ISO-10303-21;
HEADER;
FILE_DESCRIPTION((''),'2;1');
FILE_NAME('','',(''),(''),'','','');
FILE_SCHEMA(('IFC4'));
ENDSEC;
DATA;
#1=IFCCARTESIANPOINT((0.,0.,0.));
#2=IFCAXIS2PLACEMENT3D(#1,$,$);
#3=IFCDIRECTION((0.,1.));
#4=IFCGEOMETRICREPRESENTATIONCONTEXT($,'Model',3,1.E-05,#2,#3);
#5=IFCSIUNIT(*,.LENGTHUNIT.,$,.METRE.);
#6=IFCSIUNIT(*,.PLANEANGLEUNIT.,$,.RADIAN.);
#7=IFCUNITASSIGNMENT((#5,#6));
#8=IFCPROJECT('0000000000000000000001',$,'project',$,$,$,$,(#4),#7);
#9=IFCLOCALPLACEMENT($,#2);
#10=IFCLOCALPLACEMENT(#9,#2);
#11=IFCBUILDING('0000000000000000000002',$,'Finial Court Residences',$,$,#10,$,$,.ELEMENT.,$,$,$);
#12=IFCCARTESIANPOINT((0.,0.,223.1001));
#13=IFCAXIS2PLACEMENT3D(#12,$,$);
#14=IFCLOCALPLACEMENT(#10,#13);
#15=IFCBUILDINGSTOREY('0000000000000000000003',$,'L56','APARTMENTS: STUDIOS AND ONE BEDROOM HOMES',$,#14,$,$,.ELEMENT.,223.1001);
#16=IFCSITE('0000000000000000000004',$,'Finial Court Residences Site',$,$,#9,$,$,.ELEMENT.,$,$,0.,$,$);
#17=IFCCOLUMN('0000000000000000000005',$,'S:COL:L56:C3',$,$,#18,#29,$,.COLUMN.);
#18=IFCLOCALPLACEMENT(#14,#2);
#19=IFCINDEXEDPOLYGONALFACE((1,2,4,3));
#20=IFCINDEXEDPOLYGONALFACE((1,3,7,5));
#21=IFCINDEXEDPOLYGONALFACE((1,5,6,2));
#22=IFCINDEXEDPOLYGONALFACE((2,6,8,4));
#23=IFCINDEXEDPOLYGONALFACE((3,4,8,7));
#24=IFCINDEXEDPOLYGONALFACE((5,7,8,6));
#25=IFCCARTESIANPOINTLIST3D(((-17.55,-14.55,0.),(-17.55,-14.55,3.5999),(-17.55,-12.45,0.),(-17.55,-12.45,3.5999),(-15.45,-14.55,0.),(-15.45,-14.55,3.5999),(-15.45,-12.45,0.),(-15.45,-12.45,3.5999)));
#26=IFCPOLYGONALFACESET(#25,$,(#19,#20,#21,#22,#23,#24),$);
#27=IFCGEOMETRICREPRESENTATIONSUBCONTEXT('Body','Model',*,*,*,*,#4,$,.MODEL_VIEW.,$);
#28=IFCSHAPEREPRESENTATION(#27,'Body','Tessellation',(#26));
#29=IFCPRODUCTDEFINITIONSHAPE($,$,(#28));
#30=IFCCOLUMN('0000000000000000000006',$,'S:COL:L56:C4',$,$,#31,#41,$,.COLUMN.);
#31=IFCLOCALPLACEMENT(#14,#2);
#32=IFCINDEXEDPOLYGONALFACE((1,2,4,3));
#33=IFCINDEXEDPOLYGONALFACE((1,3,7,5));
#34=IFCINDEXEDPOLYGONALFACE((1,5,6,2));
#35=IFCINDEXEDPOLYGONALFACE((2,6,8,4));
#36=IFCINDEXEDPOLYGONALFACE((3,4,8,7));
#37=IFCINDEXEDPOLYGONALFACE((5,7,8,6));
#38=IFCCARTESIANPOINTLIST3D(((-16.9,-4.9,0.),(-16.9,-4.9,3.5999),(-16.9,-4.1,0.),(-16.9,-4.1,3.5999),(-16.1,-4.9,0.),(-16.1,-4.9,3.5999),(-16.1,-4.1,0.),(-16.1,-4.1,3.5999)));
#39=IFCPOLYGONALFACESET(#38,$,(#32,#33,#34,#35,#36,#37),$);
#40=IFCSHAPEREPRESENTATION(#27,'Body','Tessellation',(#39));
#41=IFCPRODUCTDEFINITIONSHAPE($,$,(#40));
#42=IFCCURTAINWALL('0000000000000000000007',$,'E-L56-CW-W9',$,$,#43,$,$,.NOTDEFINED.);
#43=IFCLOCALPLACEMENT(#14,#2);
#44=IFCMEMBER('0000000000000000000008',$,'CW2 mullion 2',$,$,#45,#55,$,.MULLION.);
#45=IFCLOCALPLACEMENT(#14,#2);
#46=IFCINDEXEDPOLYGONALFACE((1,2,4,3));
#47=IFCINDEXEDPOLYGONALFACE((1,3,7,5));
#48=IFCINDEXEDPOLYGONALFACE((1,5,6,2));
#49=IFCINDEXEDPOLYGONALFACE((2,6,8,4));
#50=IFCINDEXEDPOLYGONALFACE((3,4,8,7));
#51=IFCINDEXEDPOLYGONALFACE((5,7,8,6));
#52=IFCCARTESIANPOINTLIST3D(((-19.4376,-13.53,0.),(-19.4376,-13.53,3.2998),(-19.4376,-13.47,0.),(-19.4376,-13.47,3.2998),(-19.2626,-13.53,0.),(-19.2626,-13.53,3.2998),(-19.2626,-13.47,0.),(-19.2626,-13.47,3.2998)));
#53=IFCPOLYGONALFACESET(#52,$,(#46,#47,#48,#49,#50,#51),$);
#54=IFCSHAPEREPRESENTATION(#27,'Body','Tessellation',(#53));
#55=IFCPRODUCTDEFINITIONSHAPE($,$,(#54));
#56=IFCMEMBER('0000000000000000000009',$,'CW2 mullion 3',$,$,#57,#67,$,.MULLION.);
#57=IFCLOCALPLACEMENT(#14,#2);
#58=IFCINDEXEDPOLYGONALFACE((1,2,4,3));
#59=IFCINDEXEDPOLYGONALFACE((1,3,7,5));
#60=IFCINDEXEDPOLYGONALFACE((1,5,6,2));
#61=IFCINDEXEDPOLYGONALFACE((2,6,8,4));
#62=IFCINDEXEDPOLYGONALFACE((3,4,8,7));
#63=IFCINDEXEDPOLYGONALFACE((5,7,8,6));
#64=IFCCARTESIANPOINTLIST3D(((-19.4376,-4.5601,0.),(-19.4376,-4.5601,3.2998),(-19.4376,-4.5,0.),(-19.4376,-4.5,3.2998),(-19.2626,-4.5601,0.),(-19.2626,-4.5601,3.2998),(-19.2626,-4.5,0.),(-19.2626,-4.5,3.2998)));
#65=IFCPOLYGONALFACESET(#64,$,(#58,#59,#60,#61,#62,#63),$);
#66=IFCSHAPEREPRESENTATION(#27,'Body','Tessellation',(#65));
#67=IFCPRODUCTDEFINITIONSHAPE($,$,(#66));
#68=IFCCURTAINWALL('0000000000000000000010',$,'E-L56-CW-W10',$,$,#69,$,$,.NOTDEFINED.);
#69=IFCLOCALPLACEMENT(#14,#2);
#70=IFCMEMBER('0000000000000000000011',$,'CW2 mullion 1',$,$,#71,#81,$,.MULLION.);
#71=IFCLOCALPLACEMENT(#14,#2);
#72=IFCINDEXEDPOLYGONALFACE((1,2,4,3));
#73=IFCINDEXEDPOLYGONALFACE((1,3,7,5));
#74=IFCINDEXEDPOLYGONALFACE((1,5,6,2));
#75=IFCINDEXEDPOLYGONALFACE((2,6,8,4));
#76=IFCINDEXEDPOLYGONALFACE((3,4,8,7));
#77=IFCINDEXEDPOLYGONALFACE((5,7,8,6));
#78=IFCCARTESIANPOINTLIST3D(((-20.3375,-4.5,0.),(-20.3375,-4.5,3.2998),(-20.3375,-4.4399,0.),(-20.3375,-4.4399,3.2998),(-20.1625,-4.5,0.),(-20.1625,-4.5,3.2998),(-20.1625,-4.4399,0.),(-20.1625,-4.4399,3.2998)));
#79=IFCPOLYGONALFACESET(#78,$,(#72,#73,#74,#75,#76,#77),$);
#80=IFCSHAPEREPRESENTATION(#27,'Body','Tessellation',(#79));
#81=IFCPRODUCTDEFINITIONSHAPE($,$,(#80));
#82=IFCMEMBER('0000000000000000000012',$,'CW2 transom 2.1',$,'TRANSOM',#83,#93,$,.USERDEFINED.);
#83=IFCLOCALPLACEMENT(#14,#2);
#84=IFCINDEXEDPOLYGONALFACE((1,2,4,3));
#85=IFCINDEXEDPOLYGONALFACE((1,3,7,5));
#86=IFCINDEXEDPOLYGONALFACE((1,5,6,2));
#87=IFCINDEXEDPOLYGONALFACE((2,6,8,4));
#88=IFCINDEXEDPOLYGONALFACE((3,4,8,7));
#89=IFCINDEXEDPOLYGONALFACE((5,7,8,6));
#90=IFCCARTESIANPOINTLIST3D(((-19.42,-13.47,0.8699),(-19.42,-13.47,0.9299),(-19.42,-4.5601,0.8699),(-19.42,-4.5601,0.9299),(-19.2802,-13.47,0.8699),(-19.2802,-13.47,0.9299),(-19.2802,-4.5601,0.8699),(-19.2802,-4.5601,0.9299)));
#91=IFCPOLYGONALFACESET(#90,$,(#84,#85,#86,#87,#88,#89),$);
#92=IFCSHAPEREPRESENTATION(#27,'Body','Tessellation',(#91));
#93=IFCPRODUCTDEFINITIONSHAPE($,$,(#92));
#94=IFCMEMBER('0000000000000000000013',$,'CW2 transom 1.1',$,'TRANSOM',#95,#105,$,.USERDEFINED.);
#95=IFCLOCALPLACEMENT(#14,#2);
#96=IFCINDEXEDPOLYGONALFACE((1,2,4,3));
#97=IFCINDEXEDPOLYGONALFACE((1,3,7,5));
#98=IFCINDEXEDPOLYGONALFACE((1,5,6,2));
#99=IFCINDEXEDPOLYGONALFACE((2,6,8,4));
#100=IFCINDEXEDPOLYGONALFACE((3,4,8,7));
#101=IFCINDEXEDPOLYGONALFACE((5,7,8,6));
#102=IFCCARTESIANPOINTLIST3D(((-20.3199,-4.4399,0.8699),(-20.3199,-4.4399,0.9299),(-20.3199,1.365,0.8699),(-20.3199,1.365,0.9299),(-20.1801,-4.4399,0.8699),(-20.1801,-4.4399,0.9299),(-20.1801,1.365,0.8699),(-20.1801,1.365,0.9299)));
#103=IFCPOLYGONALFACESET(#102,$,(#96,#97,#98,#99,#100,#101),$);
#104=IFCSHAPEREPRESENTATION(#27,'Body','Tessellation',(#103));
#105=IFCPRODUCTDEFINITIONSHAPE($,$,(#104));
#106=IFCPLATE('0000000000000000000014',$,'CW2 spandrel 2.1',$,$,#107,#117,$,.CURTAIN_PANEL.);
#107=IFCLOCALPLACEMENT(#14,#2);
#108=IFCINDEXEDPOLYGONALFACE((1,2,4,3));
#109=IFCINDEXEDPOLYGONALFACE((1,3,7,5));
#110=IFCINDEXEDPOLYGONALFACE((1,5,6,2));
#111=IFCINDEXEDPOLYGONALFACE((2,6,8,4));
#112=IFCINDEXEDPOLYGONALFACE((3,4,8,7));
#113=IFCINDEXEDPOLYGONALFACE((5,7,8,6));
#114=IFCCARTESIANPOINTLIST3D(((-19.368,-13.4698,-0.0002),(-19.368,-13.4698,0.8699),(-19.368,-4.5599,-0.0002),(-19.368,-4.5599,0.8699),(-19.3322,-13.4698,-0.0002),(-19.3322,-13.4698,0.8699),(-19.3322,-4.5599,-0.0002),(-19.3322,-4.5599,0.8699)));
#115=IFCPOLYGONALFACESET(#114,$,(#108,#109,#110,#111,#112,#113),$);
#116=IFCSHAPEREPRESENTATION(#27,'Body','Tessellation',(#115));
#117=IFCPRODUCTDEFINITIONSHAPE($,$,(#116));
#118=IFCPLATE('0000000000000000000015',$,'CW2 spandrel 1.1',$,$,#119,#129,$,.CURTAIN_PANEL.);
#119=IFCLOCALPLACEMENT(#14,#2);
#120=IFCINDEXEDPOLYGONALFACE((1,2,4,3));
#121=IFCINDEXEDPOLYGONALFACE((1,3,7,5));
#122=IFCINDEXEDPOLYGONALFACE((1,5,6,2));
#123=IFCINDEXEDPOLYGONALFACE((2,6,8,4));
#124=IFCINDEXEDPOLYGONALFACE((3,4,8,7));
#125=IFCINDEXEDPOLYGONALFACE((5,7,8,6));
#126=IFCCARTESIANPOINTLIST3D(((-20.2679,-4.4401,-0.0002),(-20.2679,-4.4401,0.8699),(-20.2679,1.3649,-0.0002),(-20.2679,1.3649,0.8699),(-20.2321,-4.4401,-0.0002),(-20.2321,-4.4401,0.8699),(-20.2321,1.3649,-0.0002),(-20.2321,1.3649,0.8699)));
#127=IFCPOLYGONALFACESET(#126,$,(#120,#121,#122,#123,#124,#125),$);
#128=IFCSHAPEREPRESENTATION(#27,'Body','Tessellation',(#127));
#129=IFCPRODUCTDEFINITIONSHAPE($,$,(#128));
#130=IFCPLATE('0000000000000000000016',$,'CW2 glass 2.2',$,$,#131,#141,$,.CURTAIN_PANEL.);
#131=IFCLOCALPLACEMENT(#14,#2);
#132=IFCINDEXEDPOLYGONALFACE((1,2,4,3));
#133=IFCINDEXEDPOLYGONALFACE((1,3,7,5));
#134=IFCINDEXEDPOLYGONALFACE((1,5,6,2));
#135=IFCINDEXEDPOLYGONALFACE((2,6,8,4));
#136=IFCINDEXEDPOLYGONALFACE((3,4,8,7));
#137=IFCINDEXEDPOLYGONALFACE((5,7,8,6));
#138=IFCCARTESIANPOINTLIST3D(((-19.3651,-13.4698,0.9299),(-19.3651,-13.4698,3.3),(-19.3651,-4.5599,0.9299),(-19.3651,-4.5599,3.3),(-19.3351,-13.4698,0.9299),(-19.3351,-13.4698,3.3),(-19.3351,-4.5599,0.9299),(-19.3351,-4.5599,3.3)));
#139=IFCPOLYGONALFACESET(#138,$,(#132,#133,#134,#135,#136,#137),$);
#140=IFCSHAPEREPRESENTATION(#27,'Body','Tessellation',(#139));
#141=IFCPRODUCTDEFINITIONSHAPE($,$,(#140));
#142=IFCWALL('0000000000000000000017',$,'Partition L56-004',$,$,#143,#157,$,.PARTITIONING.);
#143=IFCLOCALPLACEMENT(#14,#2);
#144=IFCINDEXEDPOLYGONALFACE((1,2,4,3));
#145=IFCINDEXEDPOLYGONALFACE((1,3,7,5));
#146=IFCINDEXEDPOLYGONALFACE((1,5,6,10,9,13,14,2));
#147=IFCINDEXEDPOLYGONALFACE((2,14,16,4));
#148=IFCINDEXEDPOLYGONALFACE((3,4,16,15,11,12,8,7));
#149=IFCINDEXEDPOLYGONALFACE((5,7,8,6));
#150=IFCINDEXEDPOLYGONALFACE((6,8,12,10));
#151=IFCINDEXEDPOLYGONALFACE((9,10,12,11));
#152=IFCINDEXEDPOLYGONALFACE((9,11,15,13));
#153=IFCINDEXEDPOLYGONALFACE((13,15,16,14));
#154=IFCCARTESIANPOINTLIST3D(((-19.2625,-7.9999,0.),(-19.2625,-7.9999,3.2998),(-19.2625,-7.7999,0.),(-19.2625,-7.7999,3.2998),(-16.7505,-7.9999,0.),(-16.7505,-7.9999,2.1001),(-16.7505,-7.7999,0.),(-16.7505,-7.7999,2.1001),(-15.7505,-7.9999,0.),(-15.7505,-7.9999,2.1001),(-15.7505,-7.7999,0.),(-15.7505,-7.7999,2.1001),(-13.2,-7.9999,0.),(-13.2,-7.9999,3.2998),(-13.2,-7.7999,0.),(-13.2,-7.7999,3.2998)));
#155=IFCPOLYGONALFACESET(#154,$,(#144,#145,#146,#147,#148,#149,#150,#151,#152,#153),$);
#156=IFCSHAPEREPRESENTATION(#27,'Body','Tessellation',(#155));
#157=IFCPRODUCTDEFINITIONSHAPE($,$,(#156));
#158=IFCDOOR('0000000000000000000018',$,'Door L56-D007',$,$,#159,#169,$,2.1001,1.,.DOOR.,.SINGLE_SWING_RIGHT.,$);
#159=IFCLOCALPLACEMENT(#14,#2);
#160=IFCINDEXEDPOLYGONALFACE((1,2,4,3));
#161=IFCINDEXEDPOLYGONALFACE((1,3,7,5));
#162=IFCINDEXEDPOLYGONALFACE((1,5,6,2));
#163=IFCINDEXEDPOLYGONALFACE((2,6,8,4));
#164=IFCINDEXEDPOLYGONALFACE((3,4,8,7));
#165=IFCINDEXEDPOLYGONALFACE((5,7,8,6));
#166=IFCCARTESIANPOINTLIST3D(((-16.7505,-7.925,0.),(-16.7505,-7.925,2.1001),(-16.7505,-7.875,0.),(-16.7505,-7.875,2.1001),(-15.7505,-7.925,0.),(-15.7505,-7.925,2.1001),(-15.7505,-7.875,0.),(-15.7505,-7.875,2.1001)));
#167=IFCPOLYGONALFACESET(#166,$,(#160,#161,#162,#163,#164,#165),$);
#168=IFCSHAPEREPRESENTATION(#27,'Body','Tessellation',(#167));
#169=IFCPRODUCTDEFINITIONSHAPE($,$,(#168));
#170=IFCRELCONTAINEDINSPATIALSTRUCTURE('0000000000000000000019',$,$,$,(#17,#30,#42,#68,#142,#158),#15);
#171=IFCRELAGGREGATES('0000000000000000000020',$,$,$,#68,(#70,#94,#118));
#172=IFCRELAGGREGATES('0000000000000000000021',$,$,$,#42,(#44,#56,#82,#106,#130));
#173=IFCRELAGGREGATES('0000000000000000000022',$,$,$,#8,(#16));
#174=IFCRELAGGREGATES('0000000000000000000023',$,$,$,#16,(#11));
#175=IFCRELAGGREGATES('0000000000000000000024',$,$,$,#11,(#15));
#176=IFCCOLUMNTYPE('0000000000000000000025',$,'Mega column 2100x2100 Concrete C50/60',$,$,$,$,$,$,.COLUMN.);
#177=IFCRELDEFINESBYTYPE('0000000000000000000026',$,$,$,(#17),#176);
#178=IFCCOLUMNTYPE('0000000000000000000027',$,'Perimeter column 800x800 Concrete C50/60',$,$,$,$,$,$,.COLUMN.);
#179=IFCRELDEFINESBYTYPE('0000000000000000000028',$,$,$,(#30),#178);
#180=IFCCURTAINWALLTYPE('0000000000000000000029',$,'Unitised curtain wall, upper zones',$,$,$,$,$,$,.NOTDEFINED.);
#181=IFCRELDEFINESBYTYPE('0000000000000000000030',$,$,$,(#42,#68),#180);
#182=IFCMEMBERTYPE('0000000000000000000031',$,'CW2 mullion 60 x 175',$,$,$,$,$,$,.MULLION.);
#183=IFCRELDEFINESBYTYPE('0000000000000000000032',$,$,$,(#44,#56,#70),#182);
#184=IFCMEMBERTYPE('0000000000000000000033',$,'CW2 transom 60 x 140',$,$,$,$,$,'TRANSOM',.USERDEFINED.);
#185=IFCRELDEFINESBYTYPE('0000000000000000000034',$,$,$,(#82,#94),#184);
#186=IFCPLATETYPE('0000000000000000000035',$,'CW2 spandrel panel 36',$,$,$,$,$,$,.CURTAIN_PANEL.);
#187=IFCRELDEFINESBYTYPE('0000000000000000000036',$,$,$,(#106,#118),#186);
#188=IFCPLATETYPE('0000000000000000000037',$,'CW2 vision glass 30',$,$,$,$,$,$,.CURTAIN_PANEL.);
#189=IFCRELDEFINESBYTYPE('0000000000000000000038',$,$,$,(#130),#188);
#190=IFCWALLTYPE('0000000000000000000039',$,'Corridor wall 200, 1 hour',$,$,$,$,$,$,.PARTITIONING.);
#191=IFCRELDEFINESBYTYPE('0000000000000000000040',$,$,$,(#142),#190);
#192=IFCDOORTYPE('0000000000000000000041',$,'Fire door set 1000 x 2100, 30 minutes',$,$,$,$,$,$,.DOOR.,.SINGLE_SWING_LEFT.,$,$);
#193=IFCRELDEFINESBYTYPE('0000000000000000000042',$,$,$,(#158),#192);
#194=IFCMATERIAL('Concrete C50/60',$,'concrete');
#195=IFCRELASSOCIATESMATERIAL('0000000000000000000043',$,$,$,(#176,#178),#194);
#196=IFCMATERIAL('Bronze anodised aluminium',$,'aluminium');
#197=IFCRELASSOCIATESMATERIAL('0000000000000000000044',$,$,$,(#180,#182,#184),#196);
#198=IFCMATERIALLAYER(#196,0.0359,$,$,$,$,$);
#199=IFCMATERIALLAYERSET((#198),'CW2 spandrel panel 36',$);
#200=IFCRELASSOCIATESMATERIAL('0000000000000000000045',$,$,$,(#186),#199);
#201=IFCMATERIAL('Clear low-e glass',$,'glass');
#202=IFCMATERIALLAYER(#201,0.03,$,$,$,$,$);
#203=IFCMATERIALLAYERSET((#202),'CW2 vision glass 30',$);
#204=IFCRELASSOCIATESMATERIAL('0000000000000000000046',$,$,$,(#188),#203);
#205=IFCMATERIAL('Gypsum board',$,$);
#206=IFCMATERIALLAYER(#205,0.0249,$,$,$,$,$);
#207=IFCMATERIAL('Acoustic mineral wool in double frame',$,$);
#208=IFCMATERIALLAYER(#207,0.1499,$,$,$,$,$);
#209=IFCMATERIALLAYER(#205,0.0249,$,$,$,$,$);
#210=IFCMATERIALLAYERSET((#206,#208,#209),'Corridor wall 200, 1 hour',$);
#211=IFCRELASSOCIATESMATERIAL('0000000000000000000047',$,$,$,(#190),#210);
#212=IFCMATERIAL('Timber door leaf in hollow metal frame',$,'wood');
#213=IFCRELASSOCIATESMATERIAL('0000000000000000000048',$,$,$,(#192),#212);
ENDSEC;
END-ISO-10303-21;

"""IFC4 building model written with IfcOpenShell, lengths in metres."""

from ifc_helpers import new_model, si_unit, direction, frame, frame_2d, origin, origin_2d, place, context, subcontext, project, spatial, rectangle, extrude, material, layer, layer_set, material_profile, profile_set, type_object, element, fill, aggregate, save


model = new_model("IFC4")

# Units and contexts
model_context = context("Model", 3, precision=1e-05, world=origin(), true_north=direction((0.0, 1.0)))
body_context = subcontext(model_context, "Body", "Model", "MODEL_VIEW")
ifc_project = project(units=[si_unit("LENGTHUNIT", "METRE"), si_unit("PLANEANGLEUNIT", "RADIAN")], contexts=[model_context])

# Site, building, storey
site_placement = place(None, origin())
site = spatial("IfcSite", under=ifc_project, at=site_placement, Name="Finial Court Residences Site", CompositionType="ELEMENT", RefElevation=0.0)
building_placement = place(site_placement, origin())
building = spatial("IfcBuilding", under=site, at=building_placement, Name="Finial Court Residences", CompositionType="ELEMENT")
storey_placement = place(building_placement, frame((0.0, 0.0, 223.1001)))
storey = spatial("IfcBuildingStorey", under=building, at=storey_placement, Name="L56", Description="APARTMENTS: STUDIOS AND ONE BEDROOM HOMES", CompositionType="ELEMENT", Elevation=223.1001)

# Columns
ifc_material_1 = material(Name="Concrete C50/60", Category="concrete")
ifc_material_profile_1 = material_profile(ifc_material_1, rectangle(XDim=2.1001, YDim=2.1001, at=origin_2d()), Name="2100x2100")
ifc_profile_set_1 = profile_set([ifc_material_profile_1], Name="Concrete C50/60")
column_type_1 = type_object("IfcColumnType", Name="Mega column 2100x2100 Concrete C50/60", PredefinedType="COLUMN", material=ifc_profile_set_1)
column_1_placement = place(storey_placement, frame((-16.5, -13.5, 0.0), z_axis=(0.0, 0.0, 1.0), x_axis=(1.0, 0.0, 0.0)))
element("IfcColumn", 1, at=column_1_placement, inside=storey, type_object=column_type_1, Name="S:COL:L56:C3", PredefinedType="COLUMN", context=body_context, shape_type="SweptSolid", body=[
    extrude(rectangle(XDim=2.1001, YDim=2.1001, at=origin_2d()), origin(), (0.0, 0.0, 1.0), 3.5999),
])
ifc_material_profile_2 = material_profile(ifc_material_1, rectangle(XDim=0.8, YDim=0.8, at=origin_2d()), Name="800x800")
ifc_profile_set_2 = profile_set([ifc_material_profile_2], Name="Concrete C50/60")
column_type_2 = type_object("IfcColumnType", Name="Perimeter column 800x800 Concrete C50/60", PredefinedType="COLUMN", material=ifc_profile_set_2)
column_2_placement = place(storey_placement, frame((-16.5, -4.5, 0.0), z_axis=(0.0, 0.0, 1.0), x_axis=(1.0, 0.0, 0.0)))
element("IfcColumn", 2, at=column_2_placement, inside=storey, type_object=column_type_2, Name="S:COL:L56:C4", PredefinedType="COLUMN", context=body_context, shape_type="SweptSolid", body=[
    extrude(rectangle(XDim=0.8, YDim=0.8, at=origin_2d()), origin(), (0.0, 0.0, 1.0), 3.5999),
])

# Curtain wall, members
ifc_material_2 = material(Name="Bronze anodised aluminium", Category="aluminium")
curtain_wall_type = type_object("IfcCurtainWallType", Name="Unitised curtain wall, upper zones", PredefinedType="NOTDEFINED", material=ifc_material_2)
curtain_wall_1_placement = place(storey_placement, origin())
curtain_wall_1 = element("IfcCurtainWall", 3, at=curtain_wall_1_placement, inside=storey, type_object=curtain_wall_type, Name="E-L56-CW-W9", PredefinedType="NOTDEFINED")
ifc_material_profile_3 = material_profile(ifc_material_2, rectangle(XDim=0.175, YDim=0.0601, at=origin_2d()), Name="CW2 mullion 60 x 175")
ifc_profile_set_3 = profile_set([ifc_material_profile_3], Name="Bronze anodised aluminium")
member_type_1 = type_object("IfcMemberType", Name="CW2 mullion 60 x 175", PredefinedType="MULLION", material=ifc_profile_set_3)
member_1_placement = place(storey_placement, frame((-19.3501, -13.5, 0.0), z_axis=(0.0, 0.0, 1.0), x_axis=(-1.0, 0.0, 0.0)))
member_1 = element("IfcMember", 4, at=member_1_placement, type_object=member_type_1, Name="CW2 mullion 2", PredefinedType="MULLION", context=body_context, shape_type="SweptSolid", body=[
    extrude(rectangle(XDim=0.175, YDim=0.0601, at=origin_2d()), origin(), (0.0, 0.0, 1.0), 3.2998),
])
member_2_placement = place(storey_placement, frame((-19.3501, -4.53, 0.0), z_axis=(0.0, 0.0, 1.0), x_axis=(-1.0, 0.0, 0.0)))
member_2 = element("IfcMember", 5, at=member_2_placement, type_object=member_type_1, Name="CW2 mullion 3", PredefinedType="MULLION", context=body_context, shape_type="SweptSolid", body=[
    extrude(rectangle(XDim=0.175, YDim=0.0601, at=origin_2d()), origin(), (0.0, 0.0, 1.0), 3.2998),
])

# Curtain wall, member
curtain_wall_2_placement = place(storey_placement, origin())
curtain_wall_2 = element("IfcCurtainWall", 6, at=curtain_wall_2_placement, inside=storey, type_object=curtain_wall_type, Name="E-L56-CW-W10", PredefinedType="NOTDEFINED")
member_3_placement = place(storey_placement, frame((-20.25, -4.47, 0.0), z_axis=(0.0, 0.0, 1.0), x_axis=(-1.0, 0.0, 0.0)))
member_3 = element("IfcMember", 7, at=member_3_placement, type_object=member_type_1, Name="CW2 mullion 1", PredefinedType="MULLION", context=body_context, shape_type="SweptSolid", body=[
    extrude(rectangle(XDim=0.175, YDim=0.0601, at=origin_2d()), origin(), (0.0, 0.0, 1.0), 3.2998),
])

# Members
ifc_material_profile_4 = material_profile(ifc_material_2, rectangle(XDim=0.1399, YDim=0.0601, at=origin_2d()), Name="CW2 transom 60 x 140")
ifc_profile_set_4 = profile_set([ifc_material_profile_4], Name="Bronze anodised aluminium")
member_type_2 = type_object("IfcMemberType", Name="CW2 transom 60 x 140", ElementType="TRANSOM", PredefinedType="USERDEFINED", material=ifc_profile_set_4)
member_4_placement = place(storey_placement, frame((-19.3501, -13.47, 0.8999), z_axis=(0.0, 1.0, 0.0), x_axis=(-1.0, 0.0, 0.0)))
member_4 = element("IfcMember", 8, at=member_4_placement, type_object=member_type_2, Name="CW2 transom 2.1", ObjectType="TRANSOM", PredefinedType="USERDEFINED", context=body_context, shape_type="SweptSolid", body=[
    extrude(rectangle(XDim=0.1399, YDim=0.0601, at=origin_2d()), origin(), (0.0, 0.0, 1.0), 8.9099),
])
member_5_placement = place(storey_placement, frame((-20.25, -4.4399, 0.8999), z_axis=(0.0, 1.0, 0.0), x_axis=(-1.0, 0.0, 0.0)))
member_5 = element("IfcMember", 9, at=member_5_placement, type_object=member_type_2, Name="CW2 transom 1.1", ObjectType="TRANSOM", PredefinedType="USERDEFINED", context=body_context, shape_type="SweptSolid", body=[
    extrude(rectangle(XDim=0.1399, YDim=0.0601, at=origin_2d()), origin(), (0.0, 0.0, 1.0), 5.8049),
])

# Plates
ifc_layer_1 = layer(ifc_material_2, 0.0359)
ifc_layer_set_1 = layer_set([ifc_layer_1], Name="CW2 spandrel panel 36")
plate_type_1 = type_object("IfcPlateType", Name="CW2 spandrel panel 36", PredefinedType="CURTAIN_PANEL", material=ifc_layer_set_1)
plate_1_placement = place(storey_placement, frame((-19.3501, -9.0149, -0.0002), z_axis=(0.0, 0.0, 1.0), x_axis=(0.0, 1.0, 0.0)))
plate_1 = element("IfcPlate", 10, at=plate_1_placement, type_object=plate_type_1, Name="CW2 spandrel 2.1", PredefinedType="CURTAIN_PANEL", context=body_context, shape_type="SweptSolid", body=[
    extrude(rectangle(XDim=8.9099, YDim=0.0359, at=origin_2d()), origin(), (0.0, 0.0, 1.0), 0.8701),
])
plate_2_placement = place(storey_placement, frame((-20.25, -1.5376, -0.0002), z_axis=(0.0, 0.0, 1.0), x_axis=(0.0, 1.0, 0.0)))
plate_2 = element("IfcPlate", 11, at=plate_2_placement, type_object=plate_type_1, Name="CW2 spandrel 1.1", PredefinedType="CURTAIN_PANEL", context=body_context, shape_type="SweptSolid", body=[
    extrude(rectangle(XDim=5.8049, YDim=0.0359, at=origin_2d()), origin(), (0.0, 0.0, 1.0), 0.8701),
])
aggregate(curtain_wall_2, [member_3, member_5, plate_2])
ifc_material_3 = material(Name="Clear low-e glass", Category="glass")
ifc_layer_2 = layer(ifc_material_3, 0.03)
ifc_layer_set_2 = layer_set([ifc_layer_2], Name="CW2 vision glass 30")
plate_type_2 = type_object("IfcPlateType", Name="CW2 vision glass 30", PredefinedType="CURTAIN_PANEL", material=ifc_layer_set_2)
plate_3_placement = place(storey_placement, frame((-19.3501, -9.0149, 0.9299), z_axis=(0.0, 0.0, 1.0), x_axis=(0.0, 1.0, 0.0)))
plate_3 = element("IfcPlate", 12, at=plate_3_placement, type_object=plate_type_2, Name="CW2 glass 2.2", PredefinedType="CURTAIN_PANEL", context=body_context, shape_type="SweptSolid", body=[
    extrude(rectangle(XDim=8.9099, YDim=0.03, at=origin_2d()), origin(), (0.0, 0.0, 1.0), 2.3701),
])
aggregate(curtain_wall_1, [member_1, member_2, member_4, plate_1, plate_3])

# Wall, opening, door
ifc_material_4 = material(Name="Gypsum board")
ifc_layer_3 = layer(ifc_material_4, 0.0249)
ifc_material_5 = material(Name="Acoustic mineral wool in double frame")
ifc_layer_4 = layer(ifc_material_5, 0.1499)
ifc_layer_5 = layer(ifc_material_4, 0.0249)
ifc_layer_set_3 = layer_set([ifc_layer_3, ifc_layer_4, ifc_layer_5], Name="Corridor wall 200, 1 hour")
wall_type_1 = type_object("IfcWallType", Name="Corridor wall 200, 1 hour", PredefinedType="PARTITIONING", material=ifc_layer_set_3)
wall_1_placement = place(storey_placement, frame((-19.2625, -7.8999, 0.0), z_axis=(0.0, 0.0, 1.0), x_axis=(1.0, 0.0, 0.0)))
wall_1 = element("IfcWall", 13, at=wall_1_placement, inside=storey, type_object=wall_type_1, Name="Partition L56-004", PredefinedType="PARTITIONING", context=body_context, shape_type="SweptSolid", body=[
    extrude(rectangle(XDim=6.0625, YDim=0.2, at=frame_2d((3.0312, 0.0))), origin(), (0.0, 0.0, 1.0), 3.2998),
])
opening_1_placement = place(wall_1_placement, frame((2.512, 0.0, 0.0)))
opening_1 = element("IfcOpeningElement", 14, at=opening_1_placement, cuts=wall_1, PredefinedType="OPENING", context=body_context, shape_type="SweptSolid", body=[
    extrude(rectangle(XDim=1.0, YDim=2.1001, at=frame_2d((0.5, 1.05))), frame((0.0, 0.1099, 0.0), z_axis=(0.0, -1.0, 0.0), x_axis=(1.0, 0.0, 0.0)), (0.0, 0.0, 1.0), 0.22),
])
ifc_material_6 = material(Name="Timber door leaf in hollow metal frame", Category="wood")
door_type_1 = type_object("IfcDoorType", Name="Fire door set 1000 x 2100, 30 minutes", OperationType="SINGLE_SWING_LEFT", PredefinedType="DOOR", material=ifc_material_6)
door_1_placement = place(opening_1_placement, origin())
door_1 = element("IfcDoor", 15, at=door_1_placement, inside=storey, type_object=door_type_1, Name="Door L56-D007", OperationType="SINGLE_SWING_RIGHT", OverallHeight=2.1001, OverallWidth=1.0, PredefinedType="DOOR", context=body_context, shape_type="SweptSolid", body=[
    extrude(rectangle(XDim=1.0, YDim=2.1001, at=frame_2d((0.5, 1.05))), frame((0.0, 0.0249, 0.0), z_axis=(0.0, -1.0, 0.0), x_axis=(1.0, 0.0, 0.0)), (0.0, 0.0, 1.0), 0.05),
])
fill(opening_1, door_1)

save(model, "model.ifc")
